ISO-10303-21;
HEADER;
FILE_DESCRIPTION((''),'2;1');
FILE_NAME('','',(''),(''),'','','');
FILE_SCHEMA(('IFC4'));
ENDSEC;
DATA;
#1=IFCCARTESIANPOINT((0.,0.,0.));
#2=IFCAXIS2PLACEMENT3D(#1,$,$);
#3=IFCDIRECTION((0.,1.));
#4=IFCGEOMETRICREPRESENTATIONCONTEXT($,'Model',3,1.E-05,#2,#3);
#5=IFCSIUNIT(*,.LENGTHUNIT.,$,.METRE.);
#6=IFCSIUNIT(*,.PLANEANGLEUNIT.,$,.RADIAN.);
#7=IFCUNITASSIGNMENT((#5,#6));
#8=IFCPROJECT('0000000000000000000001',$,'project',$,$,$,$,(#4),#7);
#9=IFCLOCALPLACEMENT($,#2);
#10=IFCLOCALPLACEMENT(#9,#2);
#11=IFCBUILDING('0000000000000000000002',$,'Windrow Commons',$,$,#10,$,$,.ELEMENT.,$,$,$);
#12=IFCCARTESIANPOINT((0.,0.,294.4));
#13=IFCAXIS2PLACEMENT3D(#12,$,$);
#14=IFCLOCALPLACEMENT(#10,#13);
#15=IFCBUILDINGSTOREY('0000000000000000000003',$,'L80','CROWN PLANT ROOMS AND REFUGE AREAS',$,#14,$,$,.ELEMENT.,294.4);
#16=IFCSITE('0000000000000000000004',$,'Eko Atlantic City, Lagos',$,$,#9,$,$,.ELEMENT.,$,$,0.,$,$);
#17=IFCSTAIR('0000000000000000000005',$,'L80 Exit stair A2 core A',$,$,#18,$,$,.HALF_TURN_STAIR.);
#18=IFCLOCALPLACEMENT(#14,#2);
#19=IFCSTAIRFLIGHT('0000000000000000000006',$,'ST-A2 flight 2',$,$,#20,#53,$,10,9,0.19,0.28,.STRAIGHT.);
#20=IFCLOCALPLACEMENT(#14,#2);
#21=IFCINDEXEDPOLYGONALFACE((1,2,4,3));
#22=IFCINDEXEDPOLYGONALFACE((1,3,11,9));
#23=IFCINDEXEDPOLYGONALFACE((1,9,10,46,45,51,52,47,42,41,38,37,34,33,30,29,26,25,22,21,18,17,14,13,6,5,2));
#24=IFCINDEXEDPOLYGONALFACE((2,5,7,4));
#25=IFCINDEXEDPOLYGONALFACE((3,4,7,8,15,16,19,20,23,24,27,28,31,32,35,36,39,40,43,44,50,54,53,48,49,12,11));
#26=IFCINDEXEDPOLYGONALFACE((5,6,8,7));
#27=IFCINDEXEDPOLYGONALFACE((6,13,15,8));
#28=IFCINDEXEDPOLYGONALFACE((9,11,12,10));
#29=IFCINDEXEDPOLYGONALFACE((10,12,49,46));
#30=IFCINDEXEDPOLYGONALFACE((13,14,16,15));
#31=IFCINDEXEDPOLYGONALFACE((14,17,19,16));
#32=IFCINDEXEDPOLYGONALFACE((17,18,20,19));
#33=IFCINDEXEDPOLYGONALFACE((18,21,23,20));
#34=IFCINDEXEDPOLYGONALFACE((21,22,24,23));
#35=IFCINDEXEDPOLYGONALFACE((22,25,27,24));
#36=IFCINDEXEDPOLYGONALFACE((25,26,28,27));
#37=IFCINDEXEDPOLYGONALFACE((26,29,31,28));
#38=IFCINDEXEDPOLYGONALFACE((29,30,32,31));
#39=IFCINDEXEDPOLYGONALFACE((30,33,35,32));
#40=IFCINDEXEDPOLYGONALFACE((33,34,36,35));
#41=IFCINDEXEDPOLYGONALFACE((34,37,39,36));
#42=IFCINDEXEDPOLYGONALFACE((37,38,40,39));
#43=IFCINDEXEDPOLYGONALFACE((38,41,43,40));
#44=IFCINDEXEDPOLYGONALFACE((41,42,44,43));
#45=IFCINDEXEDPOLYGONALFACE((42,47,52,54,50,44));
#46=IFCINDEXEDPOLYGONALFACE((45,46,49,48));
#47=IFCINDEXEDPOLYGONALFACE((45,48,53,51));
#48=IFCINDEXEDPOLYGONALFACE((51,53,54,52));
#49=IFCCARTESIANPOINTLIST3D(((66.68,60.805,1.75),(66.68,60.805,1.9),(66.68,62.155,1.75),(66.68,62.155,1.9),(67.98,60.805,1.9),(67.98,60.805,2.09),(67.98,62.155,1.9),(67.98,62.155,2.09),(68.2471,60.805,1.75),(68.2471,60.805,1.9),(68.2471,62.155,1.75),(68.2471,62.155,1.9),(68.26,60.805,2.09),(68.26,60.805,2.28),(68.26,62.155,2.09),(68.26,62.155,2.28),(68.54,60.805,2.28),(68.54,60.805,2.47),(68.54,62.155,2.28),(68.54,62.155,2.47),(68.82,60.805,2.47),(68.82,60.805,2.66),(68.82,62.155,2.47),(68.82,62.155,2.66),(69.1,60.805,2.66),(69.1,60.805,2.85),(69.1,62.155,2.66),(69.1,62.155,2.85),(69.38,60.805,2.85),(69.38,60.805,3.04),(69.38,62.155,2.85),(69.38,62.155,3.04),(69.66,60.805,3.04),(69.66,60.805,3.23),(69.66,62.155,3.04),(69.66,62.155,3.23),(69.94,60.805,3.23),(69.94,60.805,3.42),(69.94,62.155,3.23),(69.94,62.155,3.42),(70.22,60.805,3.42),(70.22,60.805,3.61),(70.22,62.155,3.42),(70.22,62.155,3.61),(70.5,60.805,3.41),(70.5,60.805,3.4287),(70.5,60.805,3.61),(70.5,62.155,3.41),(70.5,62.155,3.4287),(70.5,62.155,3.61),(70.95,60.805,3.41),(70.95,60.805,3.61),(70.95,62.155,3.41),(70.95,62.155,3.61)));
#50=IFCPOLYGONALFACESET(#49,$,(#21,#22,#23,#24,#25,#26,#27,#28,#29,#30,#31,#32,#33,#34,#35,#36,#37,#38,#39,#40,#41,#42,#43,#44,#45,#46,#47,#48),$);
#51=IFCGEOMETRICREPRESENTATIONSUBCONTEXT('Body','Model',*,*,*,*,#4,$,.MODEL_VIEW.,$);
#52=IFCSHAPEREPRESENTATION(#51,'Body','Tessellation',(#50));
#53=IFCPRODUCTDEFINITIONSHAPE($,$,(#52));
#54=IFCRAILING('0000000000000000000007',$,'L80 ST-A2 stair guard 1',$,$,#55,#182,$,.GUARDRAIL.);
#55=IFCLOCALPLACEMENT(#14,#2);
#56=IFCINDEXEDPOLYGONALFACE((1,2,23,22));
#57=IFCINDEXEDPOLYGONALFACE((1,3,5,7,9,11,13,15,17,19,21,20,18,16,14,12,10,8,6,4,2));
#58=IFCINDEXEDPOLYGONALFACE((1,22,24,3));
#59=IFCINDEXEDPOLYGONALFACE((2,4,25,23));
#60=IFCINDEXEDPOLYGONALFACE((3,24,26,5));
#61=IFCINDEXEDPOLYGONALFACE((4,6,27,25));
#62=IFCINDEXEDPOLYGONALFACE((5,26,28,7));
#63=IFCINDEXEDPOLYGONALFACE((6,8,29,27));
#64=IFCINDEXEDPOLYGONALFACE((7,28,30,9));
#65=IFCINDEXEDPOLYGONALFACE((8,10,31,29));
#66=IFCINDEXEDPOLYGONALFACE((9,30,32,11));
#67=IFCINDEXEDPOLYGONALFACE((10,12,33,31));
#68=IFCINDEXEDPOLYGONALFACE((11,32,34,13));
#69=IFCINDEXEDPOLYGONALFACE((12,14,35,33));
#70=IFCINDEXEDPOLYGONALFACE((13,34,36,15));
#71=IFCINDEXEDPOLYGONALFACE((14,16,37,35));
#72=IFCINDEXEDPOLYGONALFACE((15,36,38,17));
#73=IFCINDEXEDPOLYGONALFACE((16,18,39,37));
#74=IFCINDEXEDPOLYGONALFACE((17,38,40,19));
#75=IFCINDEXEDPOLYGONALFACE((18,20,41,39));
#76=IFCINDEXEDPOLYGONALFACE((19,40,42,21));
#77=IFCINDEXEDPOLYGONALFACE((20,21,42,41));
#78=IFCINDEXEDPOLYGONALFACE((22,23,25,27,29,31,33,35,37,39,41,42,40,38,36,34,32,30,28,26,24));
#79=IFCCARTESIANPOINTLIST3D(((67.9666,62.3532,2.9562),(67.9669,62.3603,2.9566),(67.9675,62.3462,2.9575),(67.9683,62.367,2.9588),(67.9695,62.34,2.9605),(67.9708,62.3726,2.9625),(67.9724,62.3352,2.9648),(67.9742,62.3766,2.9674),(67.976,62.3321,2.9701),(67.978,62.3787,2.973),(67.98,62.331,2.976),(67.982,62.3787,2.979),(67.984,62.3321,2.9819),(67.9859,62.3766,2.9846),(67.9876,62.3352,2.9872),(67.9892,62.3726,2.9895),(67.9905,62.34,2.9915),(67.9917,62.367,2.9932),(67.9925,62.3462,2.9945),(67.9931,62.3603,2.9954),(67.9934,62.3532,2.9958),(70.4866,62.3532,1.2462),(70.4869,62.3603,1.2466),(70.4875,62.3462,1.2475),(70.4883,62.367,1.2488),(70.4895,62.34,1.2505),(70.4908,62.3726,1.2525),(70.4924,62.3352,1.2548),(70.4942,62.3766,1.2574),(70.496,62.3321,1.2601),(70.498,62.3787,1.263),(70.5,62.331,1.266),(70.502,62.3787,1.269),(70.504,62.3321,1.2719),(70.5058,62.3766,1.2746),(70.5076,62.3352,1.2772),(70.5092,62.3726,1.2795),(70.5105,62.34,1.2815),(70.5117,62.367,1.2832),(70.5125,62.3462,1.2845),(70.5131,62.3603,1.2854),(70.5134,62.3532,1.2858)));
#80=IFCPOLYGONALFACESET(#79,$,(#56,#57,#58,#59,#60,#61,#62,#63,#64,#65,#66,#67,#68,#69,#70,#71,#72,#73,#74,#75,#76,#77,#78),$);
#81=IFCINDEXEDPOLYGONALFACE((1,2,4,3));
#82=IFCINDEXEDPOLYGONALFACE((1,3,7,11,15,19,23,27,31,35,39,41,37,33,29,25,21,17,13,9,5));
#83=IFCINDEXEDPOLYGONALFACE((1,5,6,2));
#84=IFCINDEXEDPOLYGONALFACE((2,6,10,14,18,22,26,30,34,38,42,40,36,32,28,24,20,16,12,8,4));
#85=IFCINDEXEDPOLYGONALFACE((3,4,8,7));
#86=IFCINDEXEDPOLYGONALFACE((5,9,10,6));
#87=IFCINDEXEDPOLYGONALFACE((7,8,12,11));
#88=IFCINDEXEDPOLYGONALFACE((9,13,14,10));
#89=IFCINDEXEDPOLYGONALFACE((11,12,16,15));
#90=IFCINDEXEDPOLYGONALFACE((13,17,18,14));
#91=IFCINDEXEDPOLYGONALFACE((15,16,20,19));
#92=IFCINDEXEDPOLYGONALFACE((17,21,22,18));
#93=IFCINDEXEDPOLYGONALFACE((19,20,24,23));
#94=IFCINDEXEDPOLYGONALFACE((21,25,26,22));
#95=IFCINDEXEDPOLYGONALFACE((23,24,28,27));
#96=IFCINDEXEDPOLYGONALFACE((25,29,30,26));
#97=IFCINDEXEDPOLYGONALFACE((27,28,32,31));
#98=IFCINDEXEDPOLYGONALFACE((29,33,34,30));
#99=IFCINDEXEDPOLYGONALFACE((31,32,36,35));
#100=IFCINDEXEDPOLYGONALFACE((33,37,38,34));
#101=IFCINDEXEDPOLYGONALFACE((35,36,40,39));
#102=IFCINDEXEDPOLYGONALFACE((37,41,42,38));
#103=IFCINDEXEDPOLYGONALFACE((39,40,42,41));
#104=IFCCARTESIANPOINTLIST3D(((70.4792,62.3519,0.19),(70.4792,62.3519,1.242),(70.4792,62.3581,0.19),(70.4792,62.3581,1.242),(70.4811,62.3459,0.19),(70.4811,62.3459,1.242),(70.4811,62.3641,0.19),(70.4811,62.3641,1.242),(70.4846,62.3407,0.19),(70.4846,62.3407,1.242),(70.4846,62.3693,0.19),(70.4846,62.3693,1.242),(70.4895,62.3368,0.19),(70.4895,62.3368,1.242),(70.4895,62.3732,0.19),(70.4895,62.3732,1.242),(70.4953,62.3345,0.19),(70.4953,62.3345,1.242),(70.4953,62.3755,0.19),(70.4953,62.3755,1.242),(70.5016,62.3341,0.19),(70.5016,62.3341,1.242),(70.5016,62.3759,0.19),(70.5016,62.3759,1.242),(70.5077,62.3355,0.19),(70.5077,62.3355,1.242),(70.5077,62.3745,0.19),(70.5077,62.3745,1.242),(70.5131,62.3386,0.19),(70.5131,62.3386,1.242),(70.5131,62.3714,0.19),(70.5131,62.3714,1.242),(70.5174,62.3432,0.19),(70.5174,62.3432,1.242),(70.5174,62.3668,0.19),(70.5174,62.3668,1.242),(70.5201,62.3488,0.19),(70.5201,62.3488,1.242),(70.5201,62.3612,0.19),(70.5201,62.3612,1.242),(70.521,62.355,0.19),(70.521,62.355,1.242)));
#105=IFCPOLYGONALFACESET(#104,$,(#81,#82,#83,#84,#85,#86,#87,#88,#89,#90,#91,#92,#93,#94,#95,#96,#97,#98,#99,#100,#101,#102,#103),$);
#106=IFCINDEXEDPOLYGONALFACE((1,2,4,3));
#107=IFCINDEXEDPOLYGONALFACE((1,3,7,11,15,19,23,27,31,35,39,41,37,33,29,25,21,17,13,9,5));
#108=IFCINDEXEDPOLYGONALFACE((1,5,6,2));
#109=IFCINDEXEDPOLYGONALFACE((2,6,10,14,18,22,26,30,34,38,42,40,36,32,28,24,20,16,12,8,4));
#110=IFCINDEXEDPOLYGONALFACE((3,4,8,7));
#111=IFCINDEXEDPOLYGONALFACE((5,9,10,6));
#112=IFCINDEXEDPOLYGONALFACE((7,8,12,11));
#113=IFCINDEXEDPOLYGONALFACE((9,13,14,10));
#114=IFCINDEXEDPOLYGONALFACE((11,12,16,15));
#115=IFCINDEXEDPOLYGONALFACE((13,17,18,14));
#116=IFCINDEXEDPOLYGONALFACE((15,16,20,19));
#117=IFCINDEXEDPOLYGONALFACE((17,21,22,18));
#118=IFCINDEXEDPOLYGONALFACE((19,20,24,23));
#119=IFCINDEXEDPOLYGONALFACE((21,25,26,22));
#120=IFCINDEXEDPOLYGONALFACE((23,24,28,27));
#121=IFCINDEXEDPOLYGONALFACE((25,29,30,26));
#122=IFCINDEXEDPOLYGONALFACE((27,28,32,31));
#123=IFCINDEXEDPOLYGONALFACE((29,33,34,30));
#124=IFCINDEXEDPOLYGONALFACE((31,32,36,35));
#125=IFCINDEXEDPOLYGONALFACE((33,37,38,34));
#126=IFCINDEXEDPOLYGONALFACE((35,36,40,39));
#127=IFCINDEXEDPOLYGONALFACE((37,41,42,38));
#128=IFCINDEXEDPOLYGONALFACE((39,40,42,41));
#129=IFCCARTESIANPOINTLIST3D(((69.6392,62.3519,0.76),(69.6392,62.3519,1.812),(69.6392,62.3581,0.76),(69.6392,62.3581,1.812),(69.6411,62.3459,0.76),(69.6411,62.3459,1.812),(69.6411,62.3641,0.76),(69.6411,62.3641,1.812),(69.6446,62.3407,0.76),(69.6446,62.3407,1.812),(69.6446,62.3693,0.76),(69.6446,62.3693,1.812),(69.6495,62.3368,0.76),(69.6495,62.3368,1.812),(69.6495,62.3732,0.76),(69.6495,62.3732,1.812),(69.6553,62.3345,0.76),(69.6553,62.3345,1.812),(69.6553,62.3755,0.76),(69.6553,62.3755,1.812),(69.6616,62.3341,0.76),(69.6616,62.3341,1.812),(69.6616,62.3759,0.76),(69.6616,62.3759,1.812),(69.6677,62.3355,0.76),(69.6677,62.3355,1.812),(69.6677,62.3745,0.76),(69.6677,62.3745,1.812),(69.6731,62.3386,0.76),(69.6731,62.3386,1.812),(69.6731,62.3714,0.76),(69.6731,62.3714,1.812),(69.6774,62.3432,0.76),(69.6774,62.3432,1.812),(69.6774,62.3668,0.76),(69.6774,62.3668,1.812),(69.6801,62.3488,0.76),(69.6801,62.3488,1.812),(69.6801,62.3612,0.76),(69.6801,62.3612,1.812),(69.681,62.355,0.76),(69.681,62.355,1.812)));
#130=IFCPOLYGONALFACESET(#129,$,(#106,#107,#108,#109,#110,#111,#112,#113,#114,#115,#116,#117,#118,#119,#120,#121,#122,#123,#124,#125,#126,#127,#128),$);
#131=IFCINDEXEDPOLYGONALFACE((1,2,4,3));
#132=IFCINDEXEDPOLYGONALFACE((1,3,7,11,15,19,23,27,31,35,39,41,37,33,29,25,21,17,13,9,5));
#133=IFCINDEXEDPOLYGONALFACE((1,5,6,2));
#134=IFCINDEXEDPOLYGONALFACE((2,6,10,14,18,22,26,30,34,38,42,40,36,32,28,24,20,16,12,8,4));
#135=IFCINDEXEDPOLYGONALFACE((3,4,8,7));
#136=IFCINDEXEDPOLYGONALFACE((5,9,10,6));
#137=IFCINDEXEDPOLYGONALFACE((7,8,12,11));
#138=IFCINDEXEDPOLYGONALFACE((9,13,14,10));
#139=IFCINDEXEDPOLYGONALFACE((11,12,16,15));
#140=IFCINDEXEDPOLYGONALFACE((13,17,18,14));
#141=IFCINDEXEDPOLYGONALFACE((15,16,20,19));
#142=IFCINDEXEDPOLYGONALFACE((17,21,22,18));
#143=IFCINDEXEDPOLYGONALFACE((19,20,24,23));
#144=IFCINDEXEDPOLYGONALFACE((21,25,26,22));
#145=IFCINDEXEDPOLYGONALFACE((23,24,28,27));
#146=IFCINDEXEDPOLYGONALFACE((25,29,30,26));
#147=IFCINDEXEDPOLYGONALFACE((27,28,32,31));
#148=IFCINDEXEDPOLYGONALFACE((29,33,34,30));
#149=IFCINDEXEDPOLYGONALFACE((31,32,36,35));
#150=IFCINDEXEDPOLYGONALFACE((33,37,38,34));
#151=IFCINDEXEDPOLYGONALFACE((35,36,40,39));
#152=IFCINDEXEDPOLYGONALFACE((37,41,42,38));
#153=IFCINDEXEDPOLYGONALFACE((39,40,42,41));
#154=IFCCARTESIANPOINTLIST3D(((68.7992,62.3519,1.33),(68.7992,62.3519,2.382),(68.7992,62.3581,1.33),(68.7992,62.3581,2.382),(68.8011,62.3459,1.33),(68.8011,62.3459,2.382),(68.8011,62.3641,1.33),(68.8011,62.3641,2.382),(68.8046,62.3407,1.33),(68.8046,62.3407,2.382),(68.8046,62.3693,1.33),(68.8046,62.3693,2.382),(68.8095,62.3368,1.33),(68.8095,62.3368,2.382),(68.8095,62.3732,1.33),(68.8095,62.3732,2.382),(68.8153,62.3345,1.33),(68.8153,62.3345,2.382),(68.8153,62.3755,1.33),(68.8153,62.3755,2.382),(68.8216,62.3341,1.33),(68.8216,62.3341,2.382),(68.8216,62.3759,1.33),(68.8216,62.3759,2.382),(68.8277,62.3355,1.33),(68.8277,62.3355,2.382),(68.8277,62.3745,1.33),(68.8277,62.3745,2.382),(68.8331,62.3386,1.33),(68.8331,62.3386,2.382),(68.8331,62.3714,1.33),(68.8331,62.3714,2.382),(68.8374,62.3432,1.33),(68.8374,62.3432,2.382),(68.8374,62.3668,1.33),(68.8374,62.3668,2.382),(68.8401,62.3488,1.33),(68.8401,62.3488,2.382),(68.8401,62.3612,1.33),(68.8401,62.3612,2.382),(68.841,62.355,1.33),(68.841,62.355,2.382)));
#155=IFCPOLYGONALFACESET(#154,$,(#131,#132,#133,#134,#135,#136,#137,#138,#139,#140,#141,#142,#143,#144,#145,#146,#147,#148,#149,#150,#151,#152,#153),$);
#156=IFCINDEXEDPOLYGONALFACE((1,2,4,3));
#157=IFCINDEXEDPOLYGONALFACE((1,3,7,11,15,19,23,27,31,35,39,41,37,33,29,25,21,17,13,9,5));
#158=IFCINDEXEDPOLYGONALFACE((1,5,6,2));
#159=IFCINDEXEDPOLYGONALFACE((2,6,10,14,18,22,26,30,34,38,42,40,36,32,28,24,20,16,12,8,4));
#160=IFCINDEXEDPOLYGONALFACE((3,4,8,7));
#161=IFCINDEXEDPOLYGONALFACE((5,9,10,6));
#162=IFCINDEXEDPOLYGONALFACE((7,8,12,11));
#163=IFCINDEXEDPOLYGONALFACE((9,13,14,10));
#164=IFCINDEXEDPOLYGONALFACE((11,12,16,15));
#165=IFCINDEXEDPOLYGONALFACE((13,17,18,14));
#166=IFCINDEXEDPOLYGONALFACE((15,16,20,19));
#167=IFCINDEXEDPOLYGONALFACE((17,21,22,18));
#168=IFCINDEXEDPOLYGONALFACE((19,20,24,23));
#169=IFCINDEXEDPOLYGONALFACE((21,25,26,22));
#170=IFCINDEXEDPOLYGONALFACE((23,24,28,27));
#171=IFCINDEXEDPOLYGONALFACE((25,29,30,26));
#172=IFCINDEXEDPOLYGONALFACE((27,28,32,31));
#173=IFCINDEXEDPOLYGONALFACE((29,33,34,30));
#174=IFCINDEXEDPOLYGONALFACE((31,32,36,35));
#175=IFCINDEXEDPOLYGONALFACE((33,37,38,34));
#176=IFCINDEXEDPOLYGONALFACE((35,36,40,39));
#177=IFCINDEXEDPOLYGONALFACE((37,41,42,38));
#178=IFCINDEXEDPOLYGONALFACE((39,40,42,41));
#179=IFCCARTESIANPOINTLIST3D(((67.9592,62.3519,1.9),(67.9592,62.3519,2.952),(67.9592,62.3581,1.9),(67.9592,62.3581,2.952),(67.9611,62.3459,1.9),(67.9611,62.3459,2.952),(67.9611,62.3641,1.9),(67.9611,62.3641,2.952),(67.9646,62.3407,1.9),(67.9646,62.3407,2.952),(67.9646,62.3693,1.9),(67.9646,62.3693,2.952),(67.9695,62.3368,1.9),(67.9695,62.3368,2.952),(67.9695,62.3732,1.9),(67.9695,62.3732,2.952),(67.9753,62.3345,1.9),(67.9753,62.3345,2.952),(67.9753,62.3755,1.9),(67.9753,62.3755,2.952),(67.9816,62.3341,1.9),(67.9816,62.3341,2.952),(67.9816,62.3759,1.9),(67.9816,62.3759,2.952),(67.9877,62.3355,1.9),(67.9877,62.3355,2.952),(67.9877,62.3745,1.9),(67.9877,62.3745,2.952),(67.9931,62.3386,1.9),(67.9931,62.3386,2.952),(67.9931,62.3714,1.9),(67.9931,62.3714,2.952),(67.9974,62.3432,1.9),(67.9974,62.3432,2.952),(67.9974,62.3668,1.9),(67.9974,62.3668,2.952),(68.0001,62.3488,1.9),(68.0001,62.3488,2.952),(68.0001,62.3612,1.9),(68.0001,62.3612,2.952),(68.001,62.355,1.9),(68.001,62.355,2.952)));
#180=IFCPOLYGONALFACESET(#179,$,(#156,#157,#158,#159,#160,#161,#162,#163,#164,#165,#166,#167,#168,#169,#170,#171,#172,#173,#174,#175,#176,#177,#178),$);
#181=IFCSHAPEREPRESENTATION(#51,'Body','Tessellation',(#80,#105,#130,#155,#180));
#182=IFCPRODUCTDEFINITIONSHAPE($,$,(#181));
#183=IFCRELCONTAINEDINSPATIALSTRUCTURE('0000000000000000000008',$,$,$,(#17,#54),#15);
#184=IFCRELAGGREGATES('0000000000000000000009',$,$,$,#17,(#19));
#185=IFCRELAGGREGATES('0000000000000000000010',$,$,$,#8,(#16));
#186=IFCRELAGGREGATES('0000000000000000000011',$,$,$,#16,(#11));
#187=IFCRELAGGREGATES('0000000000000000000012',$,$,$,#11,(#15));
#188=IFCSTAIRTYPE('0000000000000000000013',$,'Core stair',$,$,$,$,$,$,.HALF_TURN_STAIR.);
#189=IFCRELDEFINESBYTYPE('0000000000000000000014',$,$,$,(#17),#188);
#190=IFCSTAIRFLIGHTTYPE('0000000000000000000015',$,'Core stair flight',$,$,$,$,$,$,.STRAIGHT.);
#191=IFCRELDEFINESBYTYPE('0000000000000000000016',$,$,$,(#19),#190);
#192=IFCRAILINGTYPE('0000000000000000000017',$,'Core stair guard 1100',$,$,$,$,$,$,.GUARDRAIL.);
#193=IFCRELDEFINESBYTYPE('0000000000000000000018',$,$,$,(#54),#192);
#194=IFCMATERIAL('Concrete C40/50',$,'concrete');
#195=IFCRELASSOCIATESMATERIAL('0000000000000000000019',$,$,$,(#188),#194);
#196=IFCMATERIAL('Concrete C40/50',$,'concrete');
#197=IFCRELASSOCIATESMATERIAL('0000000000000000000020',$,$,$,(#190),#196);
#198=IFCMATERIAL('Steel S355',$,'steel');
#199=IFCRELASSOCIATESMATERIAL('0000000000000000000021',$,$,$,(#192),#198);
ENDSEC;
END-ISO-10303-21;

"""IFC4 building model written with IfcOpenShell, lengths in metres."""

from ifc_helpers import new_model, si_unit, direction, frame, origin, origin_2d, place, context, subcontext, project, spatial, polyline, circle, outline, extrude, material, type_object, element, aggregate, save


model = new_model("IFC4")

# Units and contexts
model_context = context("Model", 3, precision=1e-05, world=origin(), true_north=direction((0.0, 1.0)))
body_context = subcontext(model_context, "Body", "Model", "MODEL_VIEW")
ifc_project = project(units=[si_unit("LENGTHUNIT", "METRE"), si_unit("PLANEANGLEUNIT", "RADIAN")], contexts=[model_context])

# Site, building, storey
site_placement = place(None, origin())
site = spatial("IfcSite", under=ifc_project, at=site_placement, Name="Eko Atlantic City, Lagos", CompositionType="ELEMENT", RefElevation=0.0)
building_placement = place(site_placement, origin())
building = spatial("IfcBuilding", under=site, at=building_placement, Name="Windrow Commons", CompositionType="ELEMENT")
storey_placement = place(building_placement, frame((0.0, 0.0, 294.4)))
storey = spatial("IfcBuildingStorey", under=building, at=storey_placement, Name="L80", Description="CROWN PLANT ROOMS AND REFUGE AREAS", CompositionType="ELEMENT", Elevation=294.4)

# Stair, stair flight
ifc_material_1 = material(Name="Concrete C40/50", Category="concrete")
stair_type = type_object("IfcStairType", Name="Core stair", PredefinedType="HALF_TURN_STAIR", material=ifc_material_1)
stair_placement = place(storey_placement, origin())
stair = element("IfcStair", 1, at=stair_placement, inside=storey, type_object=stair_type, Name="L80 Exit stair A2 core A", PredefinedType="HALF_TURN_STAIR")
ifc_material_2 = material(Name="Concrete C40/50", Category="concrete")
stair_flight_type = type_object("IfcStairFlightType", Name="Core stair flight", PredefinedType="STRAIGHT", material=ifc_material_2)
stair_flight_1_placement = place(storey_placement, frame((67.98, 61.48, 1.9), z_axis=(0.0, 0.0, 1.0), x_axis=(1.0, 0.0, 0.0)))
stair_flight_1 = element("IfcStairFlight", 2, at=stair_flight_1_placement, type_object=stair_flight_type, Name="ST-A2 flight 2", NumberOfRisers=10, NumberOfTreads=9, PredefinedType="STRAIGHT", RiserHeight=0.19, TreadLength=0.28, context=body_context, shape_type="SweptSolid", body=[
    extrude(outline(polyline([(-1.3, -0.15), (-1.3, 0.0), (0.0, 0.0), (0.0, 0.19), (0.28, 0.19), (0.28, 0.38), (0.56, 0.38), (0.56, 0.57), (0.84, 0.57), (0.84, 0.76), (1.12, 0.76), (1.12, 0.95), (1.4, 0.95), (1.4, 1.14), (1.68, 1.14), (1.68, 1.33), (1.96, 1.33), (1.96, 1.52), (2.24, 1.52), (2.24, 1.71), (2.52, 1.71), (2.97, 1.71), (2.97, 1.51), (2.52, 1.51), (2.52, 1.5287), (0.2671, 0.0), (0.2671, -0.15), (-1.3, -0.15)])), frame((0.0, 0.675, 0.0), z_axis=(0.0, -1.0, 0.0), x_axis=(1.0, 0.0, 0.0)), (0.0, 0.0, 1.0), 1.35),
])
aggregate(stair, [stair_flight_1])

# Railing
ifc_material_3 = material(Name="Steel S355", Category="steel")
railing_type_1 = type_object("IfcRailingType", Name="Core stair guard 1100", PredefinedType="GUARDRAIL", material=ifc_material_3)
railing_1_placement = place(storey_placement, frame((70.5, 62.355, 0.19)))
element("IfcRailing", 3, at=railing_1_placement, inside=storey, type_object=railing_type_1, Name="L80 ST-A2 stair guard 1", PredefinedType="GUARDRAIL", context=body_context, shape_type="SweptSolid", body=[
    extrude(circle(Radius=0.024, at=origin_2d()), frame((0.0, 0.0, 1.076), z_axis=(-0.827476, 0.0, 0.561501), x_axis=(0.0, -1.0, 0.0)), (0.0, 0.0, 1.0), 3.0454),
    extrude(circle(Radius=0.021, at=origin_2d()), origin(), (0.0, 0.0, 1.0), 1.052),
    extrude(circle(Radius=0.021, at=origin_2d()), frame((-0.84, 0.0, 0.57)), (0.0, 0.0, 1.0), 1.052),
    extrude(circle(Radius=0.021, at=origin_2d()), frame((-1.68, 0.0, 1.14)), (0.0, 0.0, 1.0), 1.052),
    extrude(circle(Radius=0.021, at=origin_2d()), frame((-2.52, 0.0, 1.71)), (0.0, 0.0, 1.0), 1.052),
])

save(model, "model.ifc")
